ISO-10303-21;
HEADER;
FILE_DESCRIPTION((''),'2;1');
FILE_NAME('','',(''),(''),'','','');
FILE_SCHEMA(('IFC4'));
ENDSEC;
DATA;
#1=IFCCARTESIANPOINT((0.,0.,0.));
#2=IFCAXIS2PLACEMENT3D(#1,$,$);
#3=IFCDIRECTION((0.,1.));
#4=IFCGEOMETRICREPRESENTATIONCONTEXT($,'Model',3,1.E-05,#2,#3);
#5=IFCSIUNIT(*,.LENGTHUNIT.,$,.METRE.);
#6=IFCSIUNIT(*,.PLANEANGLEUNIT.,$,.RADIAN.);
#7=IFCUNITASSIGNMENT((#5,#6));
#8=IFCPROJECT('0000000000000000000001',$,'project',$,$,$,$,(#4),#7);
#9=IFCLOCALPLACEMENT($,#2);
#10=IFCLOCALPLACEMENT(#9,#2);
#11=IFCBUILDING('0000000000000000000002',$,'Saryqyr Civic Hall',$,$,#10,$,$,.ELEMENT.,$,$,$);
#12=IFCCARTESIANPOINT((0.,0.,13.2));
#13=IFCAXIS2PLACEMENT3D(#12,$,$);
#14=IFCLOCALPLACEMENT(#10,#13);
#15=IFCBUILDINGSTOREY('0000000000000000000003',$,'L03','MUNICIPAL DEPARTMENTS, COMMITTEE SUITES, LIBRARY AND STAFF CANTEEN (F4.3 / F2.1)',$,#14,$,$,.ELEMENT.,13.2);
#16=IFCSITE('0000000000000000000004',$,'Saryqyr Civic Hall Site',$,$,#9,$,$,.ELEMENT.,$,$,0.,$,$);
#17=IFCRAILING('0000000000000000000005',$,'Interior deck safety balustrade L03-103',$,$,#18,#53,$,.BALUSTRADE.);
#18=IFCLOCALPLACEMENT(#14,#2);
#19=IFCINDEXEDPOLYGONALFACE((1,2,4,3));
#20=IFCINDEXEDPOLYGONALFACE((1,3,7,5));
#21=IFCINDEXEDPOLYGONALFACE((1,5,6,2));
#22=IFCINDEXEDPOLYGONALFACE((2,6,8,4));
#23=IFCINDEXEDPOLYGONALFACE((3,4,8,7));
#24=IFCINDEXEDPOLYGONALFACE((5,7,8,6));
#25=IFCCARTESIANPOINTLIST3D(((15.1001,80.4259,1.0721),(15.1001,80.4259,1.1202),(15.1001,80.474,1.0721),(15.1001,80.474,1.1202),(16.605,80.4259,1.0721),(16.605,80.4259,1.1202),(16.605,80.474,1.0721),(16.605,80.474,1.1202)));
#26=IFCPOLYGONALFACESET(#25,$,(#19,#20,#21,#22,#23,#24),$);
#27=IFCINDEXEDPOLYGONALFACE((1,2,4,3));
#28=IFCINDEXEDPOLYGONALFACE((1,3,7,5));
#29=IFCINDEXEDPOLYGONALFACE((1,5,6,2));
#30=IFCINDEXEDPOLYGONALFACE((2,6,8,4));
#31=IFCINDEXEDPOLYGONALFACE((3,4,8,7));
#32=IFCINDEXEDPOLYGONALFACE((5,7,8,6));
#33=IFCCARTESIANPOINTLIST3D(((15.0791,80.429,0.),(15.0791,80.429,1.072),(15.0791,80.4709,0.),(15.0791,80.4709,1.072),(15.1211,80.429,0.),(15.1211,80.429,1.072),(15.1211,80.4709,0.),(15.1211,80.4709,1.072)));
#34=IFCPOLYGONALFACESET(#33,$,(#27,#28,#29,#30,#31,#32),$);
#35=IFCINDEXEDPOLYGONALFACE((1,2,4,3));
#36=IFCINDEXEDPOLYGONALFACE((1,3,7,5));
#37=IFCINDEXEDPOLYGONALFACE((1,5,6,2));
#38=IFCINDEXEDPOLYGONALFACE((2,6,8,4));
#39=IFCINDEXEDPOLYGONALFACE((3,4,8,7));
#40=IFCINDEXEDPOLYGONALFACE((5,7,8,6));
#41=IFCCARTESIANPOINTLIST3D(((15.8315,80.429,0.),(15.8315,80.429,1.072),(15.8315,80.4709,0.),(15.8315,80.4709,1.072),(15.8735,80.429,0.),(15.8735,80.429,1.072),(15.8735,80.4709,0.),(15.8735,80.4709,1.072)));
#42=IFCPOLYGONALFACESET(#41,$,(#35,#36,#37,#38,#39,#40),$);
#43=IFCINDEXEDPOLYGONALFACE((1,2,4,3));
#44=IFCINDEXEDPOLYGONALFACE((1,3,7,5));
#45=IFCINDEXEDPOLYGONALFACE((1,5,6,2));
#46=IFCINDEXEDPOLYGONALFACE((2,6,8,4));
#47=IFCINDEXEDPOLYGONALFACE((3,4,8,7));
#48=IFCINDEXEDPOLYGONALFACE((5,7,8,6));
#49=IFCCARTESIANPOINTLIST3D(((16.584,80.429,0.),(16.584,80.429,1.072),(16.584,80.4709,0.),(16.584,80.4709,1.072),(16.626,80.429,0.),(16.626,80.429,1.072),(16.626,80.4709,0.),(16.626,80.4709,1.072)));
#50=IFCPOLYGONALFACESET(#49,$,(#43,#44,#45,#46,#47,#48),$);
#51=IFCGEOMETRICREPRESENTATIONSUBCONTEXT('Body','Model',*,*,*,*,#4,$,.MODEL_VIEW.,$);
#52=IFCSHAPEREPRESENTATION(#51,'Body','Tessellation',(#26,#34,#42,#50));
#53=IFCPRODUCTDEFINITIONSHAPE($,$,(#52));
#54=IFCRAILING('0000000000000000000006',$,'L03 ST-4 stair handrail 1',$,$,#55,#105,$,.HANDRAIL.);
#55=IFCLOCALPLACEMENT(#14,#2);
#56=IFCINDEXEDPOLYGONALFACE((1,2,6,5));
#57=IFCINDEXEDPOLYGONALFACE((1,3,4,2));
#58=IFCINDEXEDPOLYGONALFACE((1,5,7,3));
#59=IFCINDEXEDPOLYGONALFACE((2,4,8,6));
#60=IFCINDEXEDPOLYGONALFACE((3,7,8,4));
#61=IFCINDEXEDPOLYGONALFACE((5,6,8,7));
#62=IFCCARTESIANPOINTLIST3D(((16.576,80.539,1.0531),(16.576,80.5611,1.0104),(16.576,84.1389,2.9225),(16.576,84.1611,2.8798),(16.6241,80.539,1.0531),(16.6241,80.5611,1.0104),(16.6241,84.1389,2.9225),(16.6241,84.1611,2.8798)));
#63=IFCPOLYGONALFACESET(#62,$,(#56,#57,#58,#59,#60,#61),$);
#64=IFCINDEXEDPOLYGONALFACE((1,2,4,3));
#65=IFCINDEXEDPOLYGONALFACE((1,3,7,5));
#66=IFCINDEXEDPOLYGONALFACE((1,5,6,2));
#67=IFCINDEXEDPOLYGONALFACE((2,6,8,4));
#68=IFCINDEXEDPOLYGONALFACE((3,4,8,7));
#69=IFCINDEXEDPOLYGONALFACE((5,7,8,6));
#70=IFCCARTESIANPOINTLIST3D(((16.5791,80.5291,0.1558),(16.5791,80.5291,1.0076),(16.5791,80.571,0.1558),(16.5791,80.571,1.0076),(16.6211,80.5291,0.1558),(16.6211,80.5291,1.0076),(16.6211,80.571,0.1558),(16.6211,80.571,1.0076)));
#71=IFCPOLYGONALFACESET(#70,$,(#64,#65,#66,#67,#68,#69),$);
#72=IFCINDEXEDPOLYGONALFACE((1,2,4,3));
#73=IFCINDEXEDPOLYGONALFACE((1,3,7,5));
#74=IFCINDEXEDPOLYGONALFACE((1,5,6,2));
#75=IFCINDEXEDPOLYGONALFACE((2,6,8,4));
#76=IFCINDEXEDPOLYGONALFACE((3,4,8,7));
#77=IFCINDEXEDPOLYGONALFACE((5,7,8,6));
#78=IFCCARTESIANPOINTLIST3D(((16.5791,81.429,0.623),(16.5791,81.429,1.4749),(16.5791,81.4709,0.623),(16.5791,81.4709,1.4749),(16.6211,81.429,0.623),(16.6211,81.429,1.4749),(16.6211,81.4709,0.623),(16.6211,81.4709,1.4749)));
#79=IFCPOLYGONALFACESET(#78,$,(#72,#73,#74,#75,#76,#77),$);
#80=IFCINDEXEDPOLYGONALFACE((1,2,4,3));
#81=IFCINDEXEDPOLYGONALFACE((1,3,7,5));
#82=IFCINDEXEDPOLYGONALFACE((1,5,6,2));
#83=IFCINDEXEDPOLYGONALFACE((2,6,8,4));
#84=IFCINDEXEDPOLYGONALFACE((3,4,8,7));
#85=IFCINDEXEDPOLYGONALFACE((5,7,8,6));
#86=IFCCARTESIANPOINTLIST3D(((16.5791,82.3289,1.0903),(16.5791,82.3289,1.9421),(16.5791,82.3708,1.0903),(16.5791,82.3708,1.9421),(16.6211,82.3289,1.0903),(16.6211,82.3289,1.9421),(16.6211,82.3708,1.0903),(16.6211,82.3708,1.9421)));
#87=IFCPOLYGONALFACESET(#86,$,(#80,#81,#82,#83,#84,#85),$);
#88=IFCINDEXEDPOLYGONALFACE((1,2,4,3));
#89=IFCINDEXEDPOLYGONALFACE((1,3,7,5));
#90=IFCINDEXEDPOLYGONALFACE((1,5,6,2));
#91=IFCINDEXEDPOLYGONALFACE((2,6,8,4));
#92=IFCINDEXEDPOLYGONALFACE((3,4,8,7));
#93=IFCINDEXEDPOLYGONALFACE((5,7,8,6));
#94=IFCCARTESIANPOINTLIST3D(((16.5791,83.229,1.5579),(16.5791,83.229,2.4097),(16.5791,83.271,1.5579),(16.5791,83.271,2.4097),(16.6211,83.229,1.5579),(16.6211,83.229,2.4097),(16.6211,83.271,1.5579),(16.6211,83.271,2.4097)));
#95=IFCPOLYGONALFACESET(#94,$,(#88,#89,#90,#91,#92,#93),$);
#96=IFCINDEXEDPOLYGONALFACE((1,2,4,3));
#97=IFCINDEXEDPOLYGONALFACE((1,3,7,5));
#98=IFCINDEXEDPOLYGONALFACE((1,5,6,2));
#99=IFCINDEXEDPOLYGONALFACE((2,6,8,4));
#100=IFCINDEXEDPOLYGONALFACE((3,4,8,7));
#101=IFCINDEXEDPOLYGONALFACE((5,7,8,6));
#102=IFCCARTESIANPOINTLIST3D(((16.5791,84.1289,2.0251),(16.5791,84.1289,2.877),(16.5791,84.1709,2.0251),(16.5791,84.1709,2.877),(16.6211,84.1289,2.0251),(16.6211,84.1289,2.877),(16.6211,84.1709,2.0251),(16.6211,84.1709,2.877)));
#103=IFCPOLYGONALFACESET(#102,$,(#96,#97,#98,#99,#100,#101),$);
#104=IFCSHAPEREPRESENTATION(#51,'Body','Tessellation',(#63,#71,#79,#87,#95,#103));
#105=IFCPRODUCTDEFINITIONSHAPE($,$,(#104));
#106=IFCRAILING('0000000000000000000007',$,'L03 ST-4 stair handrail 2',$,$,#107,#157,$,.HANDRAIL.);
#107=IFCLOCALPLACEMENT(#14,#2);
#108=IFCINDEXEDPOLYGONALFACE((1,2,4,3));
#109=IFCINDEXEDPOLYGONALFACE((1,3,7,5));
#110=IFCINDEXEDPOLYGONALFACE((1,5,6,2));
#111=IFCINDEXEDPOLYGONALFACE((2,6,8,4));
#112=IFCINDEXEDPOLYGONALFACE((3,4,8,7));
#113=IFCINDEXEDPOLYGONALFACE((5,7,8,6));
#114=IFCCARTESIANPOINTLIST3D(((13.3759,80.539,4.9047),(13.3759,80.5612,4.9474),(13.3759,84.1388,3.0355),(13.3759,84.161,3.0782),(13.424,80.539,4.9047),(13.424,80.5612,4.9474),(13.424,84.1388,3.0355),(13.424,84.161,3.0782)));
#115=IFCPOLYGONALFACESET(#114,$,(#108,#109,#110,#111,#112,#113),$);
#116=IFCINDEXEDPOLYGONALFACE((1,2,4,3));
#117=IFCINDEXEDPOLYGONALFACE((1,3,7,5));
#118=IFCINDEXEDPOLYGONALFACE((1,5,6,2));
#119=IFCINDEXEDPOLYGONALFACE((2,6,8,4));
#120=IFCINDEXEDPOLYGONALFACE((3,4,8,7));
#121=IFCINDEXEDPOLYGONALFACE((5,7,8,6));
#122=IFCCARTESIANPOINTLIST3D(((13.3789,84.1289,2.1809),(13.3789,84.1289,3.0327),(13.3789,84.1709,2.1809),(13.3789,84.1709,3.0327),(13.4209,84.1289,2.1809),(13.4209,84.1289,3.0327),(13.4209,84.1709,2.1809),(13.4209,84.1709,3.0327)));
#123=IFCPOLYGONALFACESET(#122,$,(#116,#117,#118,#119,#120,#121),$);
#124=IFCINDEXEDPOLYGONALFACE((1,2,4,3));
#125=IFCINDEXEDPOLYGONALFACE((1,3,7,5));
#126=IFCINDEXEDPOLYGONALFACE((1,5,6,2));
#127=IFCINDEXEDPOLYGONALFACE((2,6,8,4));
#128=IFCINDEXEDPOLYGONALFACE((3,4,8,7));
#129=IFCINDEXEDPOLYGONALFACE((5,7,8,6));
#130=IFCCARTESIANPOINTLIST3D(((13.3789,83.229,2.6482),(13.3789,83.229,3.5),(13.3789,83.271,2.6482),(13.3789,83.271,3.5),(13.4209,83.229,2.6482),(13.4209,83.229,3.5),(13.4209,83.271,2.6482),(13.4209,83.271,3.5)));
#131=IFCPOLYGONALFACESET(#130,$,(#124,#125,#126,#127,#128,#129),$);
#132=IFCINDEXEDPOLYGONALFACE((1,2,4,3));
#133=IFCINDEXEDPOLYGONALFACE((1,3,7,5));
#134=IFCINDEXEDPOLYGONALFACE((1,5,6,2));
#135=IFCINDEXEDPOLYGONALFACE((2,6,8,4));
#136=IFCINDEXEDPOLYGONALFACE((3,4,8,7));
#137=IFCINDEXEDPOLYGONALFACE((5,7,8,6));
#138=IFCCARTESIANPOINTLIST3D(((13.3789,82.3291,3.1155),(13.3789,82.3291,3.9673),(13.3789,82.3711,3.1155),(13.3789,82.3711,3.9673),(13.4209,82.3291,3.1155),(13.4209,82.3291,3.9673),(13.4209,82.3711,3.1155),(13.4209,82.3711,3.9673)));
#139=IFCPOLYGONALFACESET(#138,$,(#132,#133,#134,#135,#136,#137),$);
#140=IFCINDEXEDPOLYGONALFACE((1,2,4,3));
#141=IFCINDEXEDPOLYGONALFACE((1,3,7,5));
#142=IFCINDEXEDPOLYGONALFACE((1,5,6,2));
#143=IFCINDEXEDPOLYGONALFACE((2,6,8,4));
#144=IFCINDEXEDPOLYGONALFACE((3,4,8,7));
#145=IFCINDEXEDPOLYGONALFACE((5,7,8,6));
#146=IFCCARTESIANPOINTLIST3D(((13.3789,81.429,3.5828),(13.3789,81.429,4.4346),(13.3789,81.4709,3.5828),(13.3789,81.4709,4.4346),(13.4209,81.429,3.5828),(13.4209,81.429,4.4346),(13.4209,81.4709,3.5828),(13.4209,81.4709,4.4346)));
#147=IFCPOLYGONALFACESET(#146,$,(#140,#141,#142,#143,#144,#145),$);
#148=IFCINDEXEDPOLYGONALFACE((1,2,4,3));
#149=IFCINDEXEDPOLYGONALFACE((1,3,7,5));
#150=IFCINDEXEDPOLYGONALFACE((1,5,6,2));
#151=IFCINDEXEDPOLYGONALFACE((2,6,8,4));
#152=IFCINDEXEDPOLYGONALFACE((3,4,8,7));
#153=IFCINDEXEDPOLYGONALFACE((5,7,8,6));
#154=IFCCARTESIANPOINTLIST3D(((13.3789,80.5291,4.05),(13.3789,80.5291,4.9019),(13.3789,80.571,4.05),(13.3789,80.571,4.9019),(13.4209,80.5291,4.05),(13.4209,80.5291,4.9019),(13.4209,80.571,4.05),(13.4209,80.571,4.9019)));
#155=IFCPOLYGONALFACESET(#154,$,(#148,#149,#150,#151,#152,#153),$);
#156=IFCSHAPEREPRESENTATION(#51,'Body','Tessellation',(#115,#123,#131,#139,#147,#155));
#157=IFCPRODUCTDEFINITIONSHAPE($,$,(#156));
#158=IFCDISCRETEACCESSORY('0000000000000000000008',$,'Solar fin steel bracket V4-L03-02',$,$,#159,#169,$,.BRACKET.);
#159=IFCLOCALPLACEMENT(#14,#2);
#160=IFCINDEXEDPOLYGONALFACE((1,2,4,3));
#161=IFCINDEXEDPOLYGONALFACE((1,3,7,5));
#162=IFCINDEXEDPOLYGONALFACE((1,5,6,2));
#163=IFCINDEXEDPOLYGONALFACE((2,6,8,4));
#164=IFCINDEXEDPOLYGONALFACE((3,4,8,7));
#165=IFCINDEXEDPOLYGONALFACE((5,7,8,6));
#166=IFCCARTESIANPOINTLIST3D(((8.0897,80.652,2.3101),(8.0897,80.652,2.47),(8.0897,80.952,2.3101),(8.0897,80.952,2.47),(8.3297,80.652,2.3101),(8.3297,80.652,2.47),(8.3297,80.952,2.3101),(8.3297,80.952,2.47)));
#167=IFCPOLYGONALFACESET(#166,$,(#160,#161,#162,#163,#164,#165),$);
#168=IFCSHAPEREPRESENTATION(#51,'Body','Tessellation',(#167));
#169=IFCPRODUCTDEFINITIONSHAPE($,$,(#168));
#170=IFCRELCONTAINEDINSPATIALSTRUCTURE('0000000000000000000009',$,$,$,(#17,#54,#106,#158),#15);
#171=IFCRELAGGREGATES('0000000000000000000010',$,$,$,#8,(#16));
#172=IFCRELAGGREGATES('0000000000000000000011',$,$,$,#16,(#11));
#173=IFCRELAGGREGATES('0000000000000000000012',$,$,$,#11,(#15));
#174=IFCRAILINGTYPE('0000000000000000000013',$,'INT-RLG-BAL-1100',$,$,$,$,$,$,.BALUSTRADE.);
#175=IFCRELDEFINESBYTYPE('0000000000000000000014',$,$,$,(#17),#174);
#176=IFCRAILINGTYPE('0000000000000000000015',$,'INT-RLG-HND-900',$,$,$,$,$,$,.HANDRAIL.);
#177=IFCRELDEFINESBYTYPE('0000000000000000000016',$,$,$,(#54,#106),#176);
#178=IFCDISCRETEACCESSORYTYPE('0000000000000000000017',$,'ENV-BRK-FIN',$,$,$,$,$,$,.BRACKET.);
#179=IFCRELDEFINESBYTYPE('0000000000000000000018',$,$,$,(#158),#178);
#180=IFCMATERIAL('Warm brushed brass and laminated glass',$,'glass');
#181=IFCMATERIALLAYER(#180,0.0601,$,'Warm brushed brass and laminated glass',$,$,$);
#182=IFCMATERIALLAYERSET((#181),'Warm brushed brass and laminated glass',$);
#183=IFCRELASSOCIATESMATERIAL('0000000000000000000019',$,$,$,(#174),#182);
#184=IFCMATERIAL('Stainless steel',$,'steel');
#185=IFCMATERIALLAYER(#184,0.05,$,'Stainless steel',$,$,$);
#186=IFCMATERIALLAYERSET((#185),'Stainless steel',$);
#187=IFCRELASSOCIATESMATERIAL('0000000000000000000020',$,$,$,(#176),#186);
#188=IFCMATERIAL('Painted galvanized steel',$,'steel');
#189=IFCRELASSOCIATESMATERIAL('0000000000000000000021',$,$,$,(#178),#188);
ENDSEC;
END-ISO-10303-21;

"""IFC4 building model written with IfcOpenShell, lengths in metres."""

from ifc_helpers import new_model, si_unit, direction, frame, origin, origin_2d, place, context, subcontext, project, spatial, rectangle, extrude, material, layer, layer_set, type_object, element, save


model = new_model("IFC4")

# Units and contexts
model_context = context("Model", 3, precision=1e-05, world=origin(), true_north=direction((0.0, 1.0)))
body_context = subcontext(model_context, "Body", "Model", "MODEL_VIEW")
ifc_project = project(units=[si_unit("LENGTHUNIT", "METRE"), si_unit("PLANEANGLEUNIT", "RADIAN")], contexts=[model_context])

# Site, building, storey
site_placement = place(None, origin())
site = spatial("IfcSite", under=ifc_project, at=site_placement, Name="Saryqyr Civic Hall Site", CompositionType="ELEMENT", RefElevation=0.0)
building_placement = place(site_placement, origin())
building = spatial("IfcBuilding", under=site, at=building_placement, Name="Saryqyr Civic Hall", CompositionType="ELEMENT")
storey_placement = place(building_placement, frame((0.0, 0.0, 13.2)))
storey = spatial("IfcBuildingStorey", under=building, at=storey_placement, Name="L03", Description="MUNICIPAL DEPARTMENTS, COMMITTEE SUITES, LIBRARY AND STAFF CANTEEN (F4.3 / F2.1)", CompositionType="ELEMENT", Elevation=13.2)

# Shared definitions
ifc_material_1 = material(Name="Painted galvanized steel", Category="steel")

# Railings
ifc_material_2 = material(Name="Warm brushed brass and laminated glass", Category="glass")
ifc_layer_1 = layer(ifc_material_2, 0.0601, Name="Warm brushed brass and laminated glass")
ifc_layer_set_1 = layer_set([ifc_layer_1], Name="Warm brushed brass and laminated glass")
railing_type_1 = type_object("IfcRailingType", Name="INT-RLG-BAL-1100", PredefinedType="BALUSTRADE", material=ifc_layer_set_1)
for number, where, name in (
    (1, (15.1001, 80.45, 0.0), "Interior deck safety balustrade L03-103"),
):
    element("IfcRailing", number, at=place(storey_placement, frame(where)), inside=storey, type_object=railing_type_1, Name=name, PredefinedType="BALUSTRADE", context=body_context, shape_type="SweptSolid", body=[
        extrude(rectangle(XDim=0.0481, YDim=0.0481, at=origin_2d()), frame((0.0, 0.0, 1.0962), z_axis=(1.0, 0.0, 0.0), x_axis=(0.0, 1.0, 0.0)), (0.0, 0.0, 1.0), 1.5049),
        extrude(rectangle(XDim=0.042, YDim=0.042, at=origin_2d()), origin(), (0.0, 0.0, 1.0), 1.072),
        extrude(rectangle(XDim=0.042, YDim=0.042, at=origin_2d()), frame((0.7524, 0.0, 0.0)), (0.0, 0.0, 1.0), 1.072),
        extrude(rectangle(XDim=0.042, YDim=0.042, at=origin_2d()), frame((1.5049, 0.0, 0.0)), (0.0, 0.0, 1.0), 1.072),
    ])
ifc_material_3 = material(Name="Stainless steel", Category="steel")
ifc_layer_2 = layer(ifc_material_3, 0.05, Name="Stainless steel")
ifc_layer_set_2 = layer_set([ifc_layer_2], Name="Stainless steel")
railing_type_2 = type_object("IfcRailingType", Name="INT-RLG-HND-900", PredefinedType="HANDRAIL", material=ifc_layer_set_2)
railing_1_placement = place(storey_placement, frame((16.6001, 80.55, 0.1558)))
element("IfcRailing", 2, at=railing_1_placement, inside=storey, type_object=railing_type_2, Name="L03 ST-4 stair handrail 1", PredefinedType="HANDRAIL", context=body_context, shape_type="SweptSolid", body=[
    extrude(rectangle(XDim=0.0481, YDim=0.0481, at=origin_2d()), frame((0.0, 0.0, 0.876), z_axis=(0.0, 0.887473, 0.46086), x_axis=(-1.0, 0.0, 0.0)), (0.0, 0.0, 1.0), 4.0564),
    extrude(rectangle(XDim=0.042, YDim=0.042, at=origin_2d()), origin(), (0.0, 0.0, 1.0), 0.8518),
    extrude(rectangle(XDim=0.042, YDim=0.042, at=origin_2d()), frame((0.0, 0.8999, 0.4673)), (0.0, 0.0, 1.0), 0.8518),
    extrude(rectangle(XDim=0.042, YDim=0.042, at=origin_2d()), frame((0.0, 1.7998, 0.9346)), (0.0, 0.0, 1.0), 0.8518),
    extrude(rectangle(XDim=0.042, YDim=0.042, at=origin_2d()), frame((0.0, 2.7, 1.4021)), (0.0, 0.0, 1.0), 0.8518),
    extrude(rectangle(XDim=0.042, YDim=0.042, at=origin_2d()), frame((0.0, 3.5999, 1.8694)), (0.0, 0.0, 1.0), 0.8518),
])
railing_2_placement = place(storey_placement, frame((13.3999, 84.1499, 2.1809)))
element("IfcRailing", 3, at=railing_2_placement, inside=storey, type_object=railing_type_2, Name="L03 ST-4 stair handrail 2", PredefinedType="HANDRAIL", context=body_context, shape_type="SweptSolid", body=[
    extrude(rectangle(XDim=0.0481, YDim=0.0481, at=origin_2d()), frame((0.0, 0.0, 0.876), z_axis=(0.0, -0.887497, 0.460813), x_axis=(1.0, 0.0, 0.0)), (0.0, 0.0, 1.0), 4.0562),
    extrude(rectangle(XDim=0.042, YDim=0.042, at=origin_2d()), origin(), (0.0, 0.0, 1.0), 0.8518),
    extrude(rectangle(XDim=0.042, YDim=0.042, at=origin_2d()), frame((0.0, -0.8999, 0.4673)), (0.0, 0.0, 1.0), 0.8518),
    extrude(rectangle(XDim=0.042, YDim=0.042, at=origin_2d()), frame((0.0, -1.7998, 0.9346)), (0.0, 0.0, 1.0), 0.8518),
    extrude(rectangle(XDim=0.042, YDim=0.042, at=origin_2d()), frame((0.0, -2.7, 1.4019)), (0.0, 0.0, 1.0), 0.8518),
    extrude(rectangle(XDim=0.042, YDim=0.042, at=origin_2d()), frame((0.0, -3.5999, 1.8691)), (0.0, 0.0, 1.0), 0.8518),
])

# Discrete accessory
discrete_accessory_type = type_object("IfcDiscreteAccessoryType", Name="ENV-BRK-FIN", PredefinedType="BRACKET", material=ifc_material_1)
discrete_accessory_placement = place(storey_placement, frame((8.2097, 80.802, 2.3101), z_axis=(0.0, 0.0, 1.0), x_axis=(1.0, 0.0, 0.0)))
element("IfcDiscreteAccessory", 4, at=discrete_accessory_placement, inside=storey, type_object=discrete_accessory_type, Name="Solar fin steel bracket V4-L03-02", PredefinedType="BRACKET", context=body_context, shape_type="SweptSolid", body=[
    extrude(rectangle(XDim=0.24, YDim=0.3, at=origin_2d()), origin(), (0.0, 0.0, 1.0), 0.1599),
])

save(model, "model.ifc")
